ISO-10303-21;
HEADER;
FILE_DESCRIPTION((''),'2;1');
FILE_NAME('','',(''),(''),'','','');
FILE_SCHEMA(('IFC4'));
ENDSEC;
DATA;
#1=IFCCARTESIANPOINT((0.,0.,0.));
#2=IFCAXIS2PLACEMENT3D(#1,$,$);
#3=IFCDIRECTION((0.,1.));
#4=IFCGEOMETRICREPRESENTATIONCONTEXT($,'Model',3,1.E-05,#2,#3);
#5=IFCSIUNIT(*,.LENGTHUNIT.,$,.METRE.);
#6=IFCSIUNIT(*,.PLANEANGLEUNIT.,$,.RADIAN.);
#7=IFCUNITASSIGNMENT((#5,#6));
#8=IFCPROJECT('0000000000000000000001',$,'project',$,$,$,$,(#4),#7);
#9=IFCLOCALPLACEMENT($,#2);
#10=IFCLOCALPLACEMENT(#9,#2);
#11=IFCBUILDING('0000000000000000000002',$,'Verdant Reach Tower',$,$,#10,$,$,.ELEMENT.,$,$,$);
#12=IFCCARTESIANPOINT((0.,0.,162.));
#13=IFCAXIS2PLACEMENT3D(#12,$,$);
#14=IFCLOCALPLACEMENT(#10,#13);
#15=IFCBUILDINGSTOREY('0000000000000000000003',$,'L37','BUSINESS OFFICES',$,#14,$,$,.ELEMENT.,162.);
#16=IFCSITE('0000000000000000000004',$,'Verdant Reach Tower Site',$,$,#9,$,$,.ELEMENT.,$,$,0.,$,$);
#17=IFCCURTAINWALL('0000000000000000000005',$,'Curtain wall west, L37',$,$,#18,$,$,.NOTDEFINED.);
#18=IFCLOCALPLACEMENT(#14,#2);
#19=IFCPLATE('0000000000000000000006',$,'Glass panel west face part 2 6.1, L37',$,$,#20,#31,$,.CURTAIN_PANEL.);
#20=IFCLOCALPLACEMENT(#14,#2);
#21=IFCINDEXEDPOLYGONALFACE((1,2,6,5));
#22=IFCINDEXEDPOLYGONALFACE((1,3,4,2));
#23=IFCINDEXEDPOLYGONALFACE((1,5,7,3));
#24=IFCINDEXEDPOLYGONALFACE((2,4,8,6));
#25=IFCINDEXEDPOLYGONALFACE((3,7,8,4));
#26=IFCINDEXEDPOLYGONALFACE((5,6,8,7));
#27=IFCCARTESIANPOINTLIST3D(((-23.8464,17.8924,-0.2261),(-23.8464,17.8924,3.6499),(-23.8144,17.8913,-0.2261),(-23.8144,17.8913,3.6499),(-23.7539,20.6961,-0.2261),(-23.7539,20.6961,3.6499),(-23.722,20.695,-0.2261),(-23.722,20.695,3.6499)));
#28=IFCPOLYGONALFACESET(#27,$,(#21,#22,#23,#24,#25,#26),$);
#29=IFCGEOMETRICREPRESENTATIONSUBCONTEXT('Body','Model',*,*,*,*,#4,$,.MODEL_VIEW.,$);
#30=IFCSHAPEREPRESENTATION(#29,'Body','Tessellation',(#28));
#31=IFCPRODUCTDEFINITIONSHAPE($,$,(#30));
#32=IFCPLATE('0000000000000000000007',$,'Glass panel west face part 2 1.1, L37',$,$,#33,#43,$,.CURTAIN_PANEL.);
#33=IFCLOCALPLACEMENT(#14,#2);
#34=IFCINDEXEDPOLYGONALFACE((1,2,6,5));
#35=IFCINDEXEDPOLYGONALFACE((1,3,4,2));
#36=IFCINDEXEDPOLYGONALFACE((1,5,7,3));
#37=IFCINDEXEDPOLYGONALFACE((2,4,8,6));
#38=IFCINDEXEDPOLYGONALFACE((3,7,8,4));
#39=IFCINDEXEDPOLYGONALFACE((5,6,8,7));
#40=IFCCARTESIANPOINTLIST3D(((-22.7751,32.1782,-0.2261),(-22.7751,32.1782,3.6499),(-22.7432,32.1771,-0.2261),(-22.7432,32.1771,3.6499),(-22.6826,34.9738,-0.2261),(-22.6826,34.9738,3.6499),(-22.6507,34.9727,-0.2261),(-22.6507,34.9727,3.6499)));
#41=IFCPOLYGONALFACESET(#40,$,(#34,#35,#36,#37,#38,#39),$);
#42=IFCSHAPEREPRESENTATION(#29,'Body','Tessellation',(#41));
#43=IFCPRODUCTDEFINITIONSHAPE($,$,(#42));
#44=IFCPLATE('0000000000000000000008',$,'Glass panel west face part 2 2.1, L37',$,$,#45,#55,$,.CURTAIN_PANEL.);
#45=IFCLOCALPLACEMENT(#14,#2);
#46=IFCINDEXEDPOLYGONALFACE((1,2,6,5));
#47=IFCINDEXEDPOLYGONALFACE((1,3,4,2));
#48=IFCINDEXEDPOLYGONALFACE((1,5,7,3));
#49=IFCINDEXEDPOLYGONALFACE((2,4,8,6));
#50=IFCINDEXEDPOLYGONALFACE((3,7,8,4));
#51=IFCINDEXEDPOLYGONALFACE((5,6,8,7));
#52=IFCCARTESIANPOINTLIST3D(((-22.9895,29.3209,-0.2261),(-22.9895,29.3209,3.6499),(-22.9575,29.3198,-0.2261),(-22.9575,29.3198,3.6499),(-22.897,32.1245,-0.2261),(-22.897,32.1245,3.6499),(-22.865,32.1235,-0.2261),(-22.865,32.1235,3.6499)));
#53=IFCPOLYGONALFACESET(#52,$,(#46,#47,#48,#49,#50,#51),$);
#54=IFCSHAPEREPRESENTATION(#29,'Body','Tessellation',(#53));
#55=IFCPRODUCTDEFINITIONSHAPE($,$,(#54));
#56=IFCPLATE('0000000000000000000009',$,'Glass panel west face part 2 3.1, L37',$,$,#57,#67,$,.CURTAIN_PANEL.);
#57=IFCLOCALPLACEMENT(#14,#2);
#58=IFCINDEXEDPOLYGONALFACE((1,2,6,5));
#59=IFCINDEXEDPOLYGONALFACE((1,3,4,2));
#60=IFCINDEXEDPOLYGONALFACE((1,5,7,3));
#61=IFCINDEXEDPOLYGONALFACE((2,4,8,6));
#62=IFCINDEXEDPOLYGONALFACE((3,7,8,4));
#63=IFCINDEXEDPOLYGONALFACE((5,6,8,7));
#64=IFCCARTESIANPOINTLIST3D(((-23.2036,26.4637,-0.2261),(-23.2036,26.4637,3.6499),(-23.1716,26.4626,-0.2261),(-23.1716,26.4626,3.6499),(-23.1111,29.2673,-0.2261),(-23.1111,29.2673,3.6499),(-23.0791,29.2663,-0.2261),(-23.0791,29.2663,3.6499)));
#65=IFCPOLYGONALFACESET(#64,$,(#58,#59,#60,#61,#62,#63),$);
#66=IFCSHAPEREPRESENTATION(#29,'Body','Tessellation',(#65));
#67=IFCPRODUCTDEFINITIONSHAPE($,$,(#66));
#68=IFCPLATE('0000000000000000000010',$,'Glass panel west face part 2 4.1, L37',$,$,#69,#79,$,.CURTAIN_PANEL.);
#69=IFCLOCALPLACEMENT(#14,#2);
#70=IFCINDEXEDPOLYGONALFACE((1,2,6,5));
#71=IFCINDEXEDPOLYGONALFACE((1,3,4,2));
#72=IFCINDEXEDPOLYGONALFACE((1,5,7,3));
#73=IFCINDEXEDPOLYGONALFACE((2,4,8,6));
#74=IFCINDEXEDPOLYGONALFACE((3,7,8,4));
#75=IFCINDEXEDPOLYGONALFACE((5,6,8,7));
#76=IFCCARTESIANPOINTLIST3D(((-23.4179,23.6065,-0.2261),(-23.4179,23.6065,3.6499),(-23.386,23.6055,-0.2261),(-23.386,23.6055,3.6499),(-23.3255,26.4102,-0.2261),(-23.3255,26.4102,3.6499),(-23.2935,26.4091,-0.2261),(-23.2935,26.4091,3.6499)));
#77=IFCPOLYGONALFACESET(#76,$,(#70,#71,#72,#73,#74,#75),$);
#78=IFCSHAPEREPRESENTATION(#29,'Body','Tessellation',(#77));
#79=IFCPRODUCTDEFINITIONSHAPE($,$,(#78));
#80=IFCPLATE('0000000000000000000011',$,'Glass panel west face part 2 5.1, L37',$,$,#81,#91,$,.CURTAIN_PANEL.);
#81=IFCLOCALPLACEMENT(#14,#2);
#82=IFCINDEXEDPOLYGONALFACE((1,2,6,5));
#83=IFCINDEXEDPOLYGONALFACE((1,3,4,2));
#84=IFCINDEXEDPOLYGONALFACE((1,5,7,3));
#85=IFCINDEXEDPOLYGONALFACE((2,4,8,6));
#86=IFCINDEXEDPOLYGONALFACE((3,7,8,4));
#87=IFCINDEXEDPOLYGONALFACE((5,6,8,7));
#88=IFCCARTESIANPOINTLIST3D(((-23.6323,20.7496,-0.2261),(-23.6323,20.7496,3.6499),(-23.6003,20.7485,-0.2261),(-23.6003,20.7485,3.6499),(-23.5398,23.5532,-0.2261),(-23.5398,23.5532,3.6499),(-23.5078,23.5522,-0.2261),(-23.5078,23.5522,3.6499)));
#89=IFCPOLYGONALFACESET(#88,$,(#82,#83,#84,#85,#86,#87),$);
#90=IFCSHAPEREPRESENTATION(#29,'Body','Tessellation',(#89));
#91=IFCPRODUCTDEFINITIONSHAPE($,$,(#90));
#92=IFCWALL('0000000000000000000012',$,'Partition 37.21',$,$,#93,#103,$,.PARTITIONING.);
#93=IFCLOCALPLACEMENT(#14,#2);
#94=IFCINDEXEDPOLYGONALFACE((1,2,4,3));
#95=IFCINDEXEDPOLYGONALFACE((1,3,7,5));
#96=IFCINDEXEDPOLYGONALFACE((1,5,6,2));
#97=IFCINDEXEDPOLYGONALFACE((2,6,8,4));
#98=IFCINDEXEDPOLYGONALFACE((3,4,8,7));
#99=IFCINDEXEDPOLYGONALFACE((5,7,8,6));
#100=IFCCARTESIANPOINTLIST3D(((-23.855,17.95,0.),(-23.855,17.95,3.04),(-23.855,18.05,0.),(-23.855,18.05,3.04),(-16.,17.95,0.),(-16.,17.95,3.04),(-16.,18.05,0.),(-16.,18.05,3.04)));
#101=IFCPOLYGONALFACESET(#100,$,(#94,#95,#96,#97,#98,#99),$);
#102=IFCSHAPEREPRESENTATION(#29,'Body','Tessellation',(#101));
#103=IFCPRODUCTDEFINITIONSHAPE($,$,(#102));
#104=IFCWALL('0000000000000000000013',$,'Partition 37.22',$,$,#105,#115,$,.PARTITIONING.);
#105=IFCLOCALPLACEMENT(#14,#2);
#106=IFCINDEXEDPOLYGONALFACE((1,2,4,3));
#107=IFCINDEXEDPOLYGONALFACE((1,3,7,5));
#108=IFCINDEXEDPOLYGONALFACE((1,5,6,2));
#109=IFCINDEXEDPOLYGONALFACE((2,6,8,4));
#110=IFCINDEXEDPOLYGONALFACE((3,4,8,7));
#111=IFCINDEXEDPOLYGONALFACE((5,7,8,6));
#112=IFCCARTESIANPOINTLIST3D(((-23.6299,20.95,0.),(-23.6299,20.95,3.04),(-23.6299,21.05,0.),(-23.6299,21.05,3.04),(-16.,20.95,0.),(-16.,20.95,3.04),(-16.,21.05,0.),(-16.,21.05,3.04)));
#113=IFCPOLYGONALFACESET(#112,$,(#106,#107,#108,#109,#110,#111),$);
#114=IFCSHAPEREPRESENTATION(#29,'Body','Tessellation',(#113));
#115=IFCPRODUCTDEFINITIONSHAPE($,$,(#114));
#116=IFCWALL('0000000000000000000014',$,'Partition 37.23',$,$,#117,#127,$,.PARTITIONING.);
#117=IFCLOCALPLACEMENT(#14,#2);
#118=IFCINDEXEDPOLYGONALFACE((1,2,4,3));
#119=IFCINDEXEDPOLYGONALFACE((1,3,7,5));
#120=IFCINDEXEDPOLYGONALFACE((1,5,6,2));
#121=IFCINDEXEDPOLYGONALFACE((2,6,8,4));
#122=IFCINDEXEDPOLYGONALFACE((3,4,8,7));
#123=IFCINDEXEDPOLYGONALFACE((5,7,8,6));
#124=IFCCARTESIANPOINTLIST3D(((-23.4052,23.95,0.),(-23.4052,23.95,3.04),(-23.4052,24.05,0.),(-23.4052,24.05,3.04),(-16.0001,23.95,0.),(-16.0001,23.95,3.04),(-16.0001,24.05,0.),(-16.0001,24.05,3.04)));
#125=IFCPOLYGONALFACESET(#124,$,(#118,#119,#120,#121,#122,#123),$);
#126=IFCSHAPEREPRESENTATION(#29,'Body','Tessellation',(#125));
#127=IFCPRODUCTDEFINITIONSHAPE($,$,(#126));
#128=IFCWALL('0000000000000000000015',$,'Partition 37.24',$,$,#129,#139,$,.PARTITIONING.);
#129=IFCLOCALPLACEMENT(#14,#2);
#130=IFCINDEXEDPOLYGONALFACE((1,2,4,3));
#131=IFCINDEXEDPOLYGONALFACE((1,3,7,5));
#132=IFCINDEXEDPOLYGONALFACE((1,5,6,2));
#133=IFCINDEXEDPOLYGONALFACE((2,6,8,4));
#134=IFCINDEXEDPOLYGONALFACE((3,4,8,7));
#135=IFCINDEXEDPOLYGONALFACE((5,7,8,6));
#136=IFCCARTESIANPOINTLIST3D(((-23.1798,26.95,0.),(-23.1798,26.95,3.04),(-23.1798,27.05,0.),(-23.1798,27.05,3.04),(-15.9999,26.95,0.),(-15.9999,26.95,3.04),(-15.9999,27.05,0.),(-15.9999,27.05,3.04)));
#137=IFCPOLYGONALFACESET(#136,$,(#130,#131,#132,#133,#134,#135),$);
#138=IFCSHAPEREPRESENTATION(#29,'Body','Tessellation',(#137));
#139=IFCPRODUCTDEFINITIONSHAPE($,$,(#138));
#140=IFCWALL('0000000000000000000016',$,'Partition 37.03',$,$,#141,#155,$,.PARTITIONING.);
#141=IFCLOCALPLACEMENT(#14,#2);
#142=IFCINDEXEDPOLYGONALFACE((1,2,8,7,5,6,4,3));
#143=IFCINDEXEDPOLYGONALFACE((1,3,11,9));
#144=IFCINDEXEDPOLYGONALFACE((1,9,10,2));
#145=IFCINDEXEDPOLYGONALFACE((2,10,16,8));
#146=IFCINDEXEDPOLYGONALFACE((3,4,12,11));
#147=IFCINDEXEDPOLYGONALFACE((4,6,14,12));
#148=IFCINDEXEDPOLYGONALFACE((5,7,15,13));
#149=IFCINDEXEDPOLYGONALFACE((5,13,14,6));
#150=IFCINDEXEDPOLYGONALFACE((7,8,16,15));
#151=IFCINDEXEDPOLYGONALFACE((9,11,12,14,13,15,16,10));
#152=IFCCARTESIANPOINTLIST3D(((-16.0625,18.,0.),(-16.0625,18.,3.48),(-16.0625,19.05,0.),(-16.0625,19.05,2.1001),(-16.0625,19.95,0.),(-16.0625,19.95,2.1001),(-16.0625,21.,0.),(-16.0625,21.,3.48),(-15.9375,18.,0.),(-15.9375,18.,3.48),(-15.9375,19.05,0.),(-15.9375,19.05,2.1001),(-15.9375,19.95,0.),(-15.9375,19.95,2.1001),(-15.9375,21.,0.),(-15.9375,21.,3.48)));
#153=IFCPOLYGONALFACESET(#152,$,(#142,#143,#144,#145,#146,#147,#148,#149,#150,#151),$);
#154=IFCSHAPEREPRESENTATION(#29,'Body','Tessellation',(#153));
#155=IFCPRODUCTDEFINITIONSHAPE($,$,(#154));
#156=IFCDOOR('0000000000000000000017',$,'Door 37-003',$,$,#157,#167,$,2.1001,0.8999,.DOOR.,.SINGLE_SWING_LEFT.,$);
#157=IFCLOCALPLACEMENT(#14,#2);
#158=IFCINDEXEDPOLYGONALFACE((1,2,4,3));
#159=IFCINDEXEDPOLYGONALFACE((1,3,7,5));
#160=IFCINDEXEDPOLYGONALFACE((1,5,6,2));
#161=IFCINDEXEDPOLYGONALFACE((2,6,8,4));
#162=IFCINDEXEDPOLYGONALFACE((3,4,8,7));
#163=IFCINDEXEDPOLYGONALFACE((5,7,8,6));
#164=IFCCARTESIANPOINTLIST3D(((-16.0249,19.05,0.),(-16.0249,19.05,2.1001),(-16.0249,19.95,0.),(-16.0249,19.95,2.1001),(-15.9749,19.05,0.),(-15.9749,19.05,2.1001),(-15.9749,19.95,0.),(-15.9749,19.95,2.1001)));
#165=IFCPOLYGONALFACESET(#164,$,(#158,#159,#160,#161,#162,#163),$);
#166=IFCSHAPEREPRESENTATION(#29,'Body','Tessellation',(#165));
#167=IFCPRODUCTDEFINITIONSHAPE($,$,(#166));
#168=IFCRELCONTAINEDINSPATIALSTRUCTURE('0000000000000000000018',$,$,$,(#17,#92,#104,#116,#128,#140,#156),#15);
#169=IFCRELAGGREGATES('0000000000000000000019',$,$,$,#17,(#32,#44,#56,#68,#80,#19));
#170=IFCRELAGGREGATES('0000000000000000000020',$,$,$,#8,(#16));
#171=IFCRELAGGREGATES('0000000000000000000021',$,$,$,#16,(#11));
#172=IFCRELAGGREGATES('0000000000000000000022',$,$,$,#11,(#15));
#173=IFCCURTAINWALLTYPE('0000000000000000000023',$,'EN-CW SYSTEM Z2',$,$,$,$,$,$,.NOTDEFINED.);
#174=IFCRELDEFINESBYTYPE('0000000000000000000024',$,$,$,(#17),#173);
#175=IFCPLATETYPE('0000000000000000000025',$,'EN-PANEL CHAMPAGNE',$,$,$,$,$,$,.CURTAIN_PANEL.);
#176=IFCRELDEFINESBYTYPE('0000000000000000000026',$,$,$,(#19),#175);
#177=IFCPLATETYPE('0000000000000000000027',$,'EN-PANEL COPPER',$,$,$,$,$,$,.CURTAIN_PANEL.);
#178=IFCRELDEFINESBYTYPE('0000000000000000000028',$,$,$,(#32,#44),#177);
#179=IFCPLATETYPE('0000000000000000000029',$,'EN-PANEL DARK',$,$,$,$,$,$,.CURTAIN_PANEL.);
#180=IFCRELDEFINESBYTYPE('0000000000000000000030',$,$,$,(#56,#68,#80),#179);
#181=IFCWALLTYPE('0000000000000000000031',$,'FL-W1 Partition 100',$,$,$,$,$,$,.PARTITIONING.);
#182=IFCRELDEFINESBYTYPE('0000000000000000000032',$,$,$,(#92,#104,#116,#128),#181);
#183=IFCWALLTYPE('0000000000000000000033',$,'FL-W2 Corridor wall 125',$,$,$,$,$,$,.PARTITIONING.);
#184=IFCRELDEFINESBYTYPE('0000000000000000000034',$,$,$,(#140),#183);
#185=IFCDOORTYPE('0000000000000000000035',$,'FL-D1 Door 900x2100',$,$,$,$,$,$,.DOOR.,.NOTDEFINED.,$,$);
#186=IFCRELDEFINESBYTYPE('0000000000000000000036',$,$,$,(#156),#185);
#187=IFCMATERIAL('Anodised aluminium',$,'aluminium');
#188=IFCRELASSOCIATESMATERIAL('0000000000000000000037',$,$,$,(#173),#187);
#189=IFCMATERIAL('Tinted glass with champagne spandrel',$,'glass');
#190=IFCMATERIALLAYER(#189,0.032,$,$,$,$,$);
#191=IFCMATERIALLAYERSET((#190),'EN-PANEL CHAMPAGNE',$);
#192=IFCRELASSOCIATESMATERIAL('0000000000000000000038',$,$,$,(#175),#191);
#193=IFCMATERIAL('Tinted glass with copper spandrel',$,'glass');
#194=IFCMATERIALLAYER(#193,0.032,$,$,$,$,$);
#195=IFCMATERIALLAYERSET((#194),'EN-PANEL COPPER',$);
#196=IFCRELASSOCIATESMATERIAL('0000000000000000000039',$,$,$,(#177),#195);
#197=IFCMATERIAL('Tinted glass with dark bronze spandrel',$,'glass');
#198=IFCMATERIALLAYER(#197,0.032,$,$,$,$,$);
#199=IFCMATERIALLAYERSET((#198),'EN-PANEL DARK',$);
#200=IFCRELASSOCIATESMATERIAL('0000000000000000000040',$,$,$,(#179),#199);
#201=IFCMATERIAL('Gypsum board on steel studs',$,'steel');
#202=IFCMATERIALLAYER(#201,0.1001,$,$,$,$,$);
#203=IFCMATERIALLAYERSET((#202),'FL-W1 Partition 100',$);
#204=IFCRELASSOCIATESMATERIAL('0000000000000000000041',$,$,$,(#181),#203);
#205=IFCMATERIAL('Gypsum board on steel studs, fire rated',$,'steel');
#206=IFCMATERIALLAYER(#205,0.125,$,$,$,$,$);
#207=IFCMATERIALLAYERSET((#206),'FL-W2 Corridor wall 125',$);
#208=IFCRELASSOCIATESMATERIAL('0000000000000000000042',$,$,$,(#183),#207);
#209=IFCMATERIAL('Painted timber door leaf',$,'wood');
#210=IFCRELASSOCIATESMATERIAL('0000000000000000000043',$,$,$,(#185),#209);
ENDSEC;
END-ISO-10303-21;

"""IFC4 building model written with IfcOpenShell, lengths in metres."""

from ifc_helpers import new_model, si_unit, direction, frame, frame_2d, origin, origin_2d, place, context, subcontext, project, spatial, rectangle, extrude, material, layer, layer_set, type_object, element, fill, aggregate, save


model = new_model("IFC4")

# Units and contexts
model_context = context("Model", 3, precision=1e-05, world=origin(), true_north=direction((0.0, 1.0)))
body_context = subcontext(model_context, "Body", "Model", "MODEL_VIEW")
ifc_project = project(units=[si_unit("LENGTHUNIT", "METRE"), si_unit("PLANEANGLEUNIT", "RADIAN")], contexts=[model_context])

# Site, building, storey
site_placement = place(None, origin())
site = spatial("IfcSite", under=ifc_project, at=site_placement, Name="Verdant Reach Tower Site", CompositionType="ELEMENT", RefElevation=0.0)
building_placement = place(site_placement, origin())
building = spatial("IfcBuilding", under=site, at=building_placement, Name="Verdant Reach Tower", CompositionType="ELEMENT")
storey_placement = place(building_placement, frame((0.0, 0.0, 162.0)))
storey = spatial("IfcBuildingStorey", under=building, at=storey_placement, Name="L37", Description="BUSINESS OFFICES", CompositionType="ELEMENT", Elevation=162.0)

# Curtain wall
ifc_material_1 = material(Name="Anodised aluminium", Category="aluminium")
curtain_wall_type = type_object("IfcCurtainWallType", Name="EN-CW SYSTEM Z2", PredefinedType="NOTDEFINED", material=ifc_material_1)
curtain_wall_placement = place(storey_placement, origin())
curtain_wall = element("IfcCurtainWall", 1, at=curtain_wall_placement, inside=storey, type_object=curtain_wall_type, Name="Curtain wall west, L37", PredefinedType="NOTDEFINED")

# Plates
ifc_material_2 = material(Name="Tinted glass with champagne spandrel", Category="glass")
ifc_layer_1 = layer(ifc_material_2, 0.032)
ifc_layer_set_1 = layer_set([ifc_layer_1], Name="EN-PANEL CHAMPAGNE")
plate_type_1 = type_object("IfcPlateType", Name="EN-PANEL CHAMPAGNE", PredefinedType="CURTAIN_PANEL", material=ifc_layer_set_1)
plate_1_placement = place(storey_placement, frame((-23.7842, 19.2937, -0.2261), z_axis=(0.0, 0.0, 1.0), x_axis=(-0.032966, -0.999456, 0.0)))
plate_1 = element("IfcPlate", 2, at=plate_1_placement, type_object=plate_type_1, Name="Glass panel west face part 2 6.1, L37", PredefinedType="CURTAIN_PANEL", context=body_context, shape_type="SweptSolid", body=[
    extrude(rectangle(XDim=2.8052, YDim=0.032, at=origin_2d()), origin(), (0.0, 0.0, 1.0), 3.876),
])
ifc_material_3 = material(Name="Tinted glass with copper spandrel", Category="glass")
ifc_layer_2 = layer(ifc_material_3, 0.032)
ifc_layer_set_2 = layer_set([ifc_layer_2], Name="EN-PANEL COPPER")
plate_type_2 = type_object("IfcPlateType", Name="EN-PANEL COPPER", PredefinedType="CURTAIN_PANEL", material=ifc_layer_set_2)
plate_2_placement = place(storey_placement, frame((-22.7129, 33.5754, -0.2261), z_axis=(0.0, 0.0, 1.0), x_axis=(-0.03307, -0.999453, 0.0)))
plate_2 = element("IfcPlate", 3, at=plate_2_placement, type_object=plate_type_2, Name="Glass panel west face part 2 1.1, L37", PredefinedType="CURTAIN_PANEL", context=body_context, shape_type="SweptSolid", body=[
    extrude(rectangle(XDim=2.7971, YDim=0.032, at=origin_2d()), origin(), (0.0, 0.0, 1.0), 3.876),
])
plate_3_placement = place(storey_placement, frame((-22.9272, 30.7222, -0.2261), z_axis=(0.0, 0.0, 1.0), x_axis=(-0.032966, -0.999456, 0.0)))
plate_3 = element("IfcPlate", 4, at=plate_3_placement, type_object=plate_type_2, Name="Glass panel west face part 2 2.1, L37", PredefinedType="CURTAIN_PANEL", context=body_context, shape_type="SweptSolid", body=[
    extrude(rectangle(XDim=2.8052, YDim=0.032, at=origin_2d()), origin(), (0.0, 0.0, 1.0), 3.876),
])
ifc_material_4 = material(Name="Tinted glass with dark bronze spandrel", Category="glass")
ifc_layer_3 = layer(ifc_material_4, 0.032)
ifc_layer_set_3 = layer_set([ifc_layer_3], Name="EN-PANEL DARK")
plate_type_3 = type_object("IfcPlateType", Name="EN-PANEL DARK", PredefinedType="CURTAIN_PANEL", material=ifc_layer_set_3)
plate_4_placement = place(storey_placement, frame((-23.1414, 27.865, -0.2261), z_axis=(0.0, 0.0, 1.0), x_axis=(-0.032966, -0.999456, 0.0)))
plate_4 = element("IfcPlate", 5, at=plate_4_placement, type_object=plate_type_3, Name="Glass panel west face part 2 3.1, L37", PredefinedType="CURTAIN_PANEL", context=body_context, shape_type="SweptSolid", body=[
    extrude(rectangle(XDim=2.8052, YDim=0.032, at=origin_2d()), origin(), (0.0, 0.0, 1.0), 3.876),
])
plate_5_placement = place(storey_placement, frame((-23.3557, 25.0078, -0.2261), z_axis=(0.0, 0.0, 1.0), x_axis=(-0.032966, -0.999456, 0.0)))
plate_5 = element("IfcPlate", 6, at=plate_5_placement, type_object=plate_type_3, Name="Glass panel west face part 2 4.1, L37", PredefinedType="CURTAIN_PANEL", context=body_context, shape_type="SweptSolid", body=[
    extrude(rectangle(XDim=2.8052, YDim=0.032, at=origin_2d()), origin(), (0.0, 0.0, 1.0), 3.876),
])
plate_6_placement = place(storey_placement, frame((-23.5701, 22.1509, -0.2261), z_axis=(0.0, 0.0, 1.0), x_axis=(-0.032966, -0.999456, 0.0)))
plate_6 = element("IfcPlate", 7, at=plate_6_placement, type_object=plate_type_3, Name="Glass panel west face part 2 5.1, L37", PredefinedType="CURTAIN_PANEL", context=body_context, shape_type="SweptSolid", body=[
    extrude(rectangle(XDim=2.8052, YDim=0.032, at=origin_2d()), origin(), (0.0, 0.0, 1.0), 3.876),
])
aggregate(curtain_wall, [plate_2, plate_3, plate_4, plate_5, plate_6, plate_1])

# Walls
ifc_material_5 = material(Name="Gypsum board on steel studs", Category="steel")
ifc_layer_4 = layer(ifc_material_5, 0.1001)
ifc_layer_set_4 = layer_set([ifc_layer_4], Name="FL-W1 Partition 100")
wall_type_1 = type_object("IfcWallType", Name="FL-W1 Partition 100", PredefinedType="PARTITIONING", material=ifc_layer_set_4)
wall_1_placement = place(storey_placement, frame((-16.0, 18.0, 0.0), z_axis=(0.0, 0.0, 1.0), x_axis=(-1.0, 0.0, 0.0)))
element("IfcWall", 8, at=wall_1_placement, inside=storey, type_object=wall_type_1, Name="Partition 37.21", PredefinedType="PARTITIONING", context=body_context, shape_type="SweptSolid", body=[
    extrude(rectangle(XDim=7.855, YDim=0.1001, at=frame_2d((3.9275, 0.0))), origin(), (0.0, 0.0, 1.0), 3.04),
])
wall_2_placement = place(storey_placement, frame((-16.0, 21.0, 0.0), z_axis=(0.0, 0.0, 1.0), x_axis=(-1.0, 0.0, 0.0)))
element("IfcWall", 9, at=wall_2_placement, inside=storey, type_object=wall_type_1, Name="Partition 37.22", PredefinedType="PARTITIONING", context=body_context, shape_type="SweptSolid", body=[
    extrude(rectangle(XDim=7.6299, YDim=0.1001, at=frame_2d((3.8149, 0.0))), origin(), (0.0, 0.0, 1.0), 3.04),
])
wall_3_placement = place(storey_placement, frame((-16.0, 24.0, 0.0), z_axis=(0.0, 0.0, 1.0), x_axis=(-1.0, 0.0, 0.0)))
element("IfcWall", 10, at=wall_3_placement, inside=storey, type_object=wall_type_1, Name="Partition 37.23", PredefinedType="PARTITIONING", context=body_context, shape_type="SweptSolid", body=[
    extrude(rectangle(XDim=7.405, YDim=0.1001, at=frame_2d((3.7026, 0.0))), origin(), (0.0, 0.0, 1.0), 3.04),
])
wall_4_placement = place(storey_placement, frame((-16.0, 27.0, 0.0), z_axis=(0.0, 0.0, 1.0), x_axis=(-1.0, 0.0, 0.0)))
element("IfcWall", 11, at=wall_4_placement, inside=storey, type_object=wall_type_1, Name="Partition 37.24", PredefinedType="PARTITIONING", context=body_context, shape_type="SweptSolid", body=[
    extrude(rectangle(XDim=7.1799, YDim=0.1001, at=frame_2d((3.5898, 0.0))), origin(), (0.0, 0.0, 1.0), 3.04),
])

# Wall, opening, door
ifc_material_6 = material(Name="Gypsum board on steel studs, fire rated", Category="steel")
ifc_layer_5 = layer(ifc_material_6, 0.125)
ifc_layer_set_5 = layer_set([ifc_layer_5], Name="FL-W2 Corridor wall 125")
wall_type_2 = type_object("IfcWallType", Name="FL-W2 Corridor wall 125", PredefinedType="PARTITIONING", material=ifc_layer_set_5)
wall_5_placement = place(storey_placement, frame((-16.0, 18.0, 0.0), z_axis=(0.0, 0.0, 1.0), x_axis=(0.0, 1.0, 0.0)))
wall_5 = element("IfcWall", 12, at=wall_5_placement, inside=storey, type_object=wall_type_2, Name="Partition 37.03", PredefinedType="PARTITIONING", context=body_context, shape_type="SweptSolid", body=[
    extrude(rectangle(XDim=3.0, YDim=0.125, at=frame_2d((1.5, 0.0))), origin(), (0.0, 0.0, 1.0), 3.48),
])
opening_1_placement = place(wall_5_placement, frame((1.05, 0.0, 0.0)))
opening_1 = element("IfcOpeningElement", 13, at=opening_1_placement, cuts=wall_5, PredefinedType="OPENING", context=body_context, shape_type="SweptSolid", body=[
    extrude(rectangle(XDim=0.8999, YDim=2.1001, at=frame_2d((0.45, 1.05))), frame((0.0, 0.0725, 0.0), z_axis=(0.0, -1.0, 0.0), x_axis=(1.0, 0.0, 0.0)), (0.0, 0.0, 1.0), 0.145),
])
ifc_material_7 = material(Name="Painted timber door leaf", Category="wood")
door_type_1 = type_object("IfcDoorType", Name="FL-D1 Door 900x2100", OperationType="NOTDEFINED", PredefinedType="DOOR", material=ifc_material_7)
door_1_placement = place(opening_1_placement, origin())
door_1 = element("IfcDoor", 14, at=door_1_placement, inside=storey, type_object=door_type_1, Name="Door 37-003", OperationType="SINGLE_SWING_LEFT", OverallHeight=2.1001, OverallWidth=0.8999, PredefinedType="DOOR", context=body_context, shape_type="SweptSolid", body=[
    extrude(rectangle(XDim=0.8999, YDim=2.1001, at=frame_2d((0.45, 1.05))), frame((0.0, 0.0249, 0.0), z_axis=(0.0, -1.0, 0.0), x_axis=(1.0, 0.0, 0.0)), (0.0, 0.0, 1.0), 0.05),
])
fill(opening_1, door_1)

save(model, "model.ifc")
